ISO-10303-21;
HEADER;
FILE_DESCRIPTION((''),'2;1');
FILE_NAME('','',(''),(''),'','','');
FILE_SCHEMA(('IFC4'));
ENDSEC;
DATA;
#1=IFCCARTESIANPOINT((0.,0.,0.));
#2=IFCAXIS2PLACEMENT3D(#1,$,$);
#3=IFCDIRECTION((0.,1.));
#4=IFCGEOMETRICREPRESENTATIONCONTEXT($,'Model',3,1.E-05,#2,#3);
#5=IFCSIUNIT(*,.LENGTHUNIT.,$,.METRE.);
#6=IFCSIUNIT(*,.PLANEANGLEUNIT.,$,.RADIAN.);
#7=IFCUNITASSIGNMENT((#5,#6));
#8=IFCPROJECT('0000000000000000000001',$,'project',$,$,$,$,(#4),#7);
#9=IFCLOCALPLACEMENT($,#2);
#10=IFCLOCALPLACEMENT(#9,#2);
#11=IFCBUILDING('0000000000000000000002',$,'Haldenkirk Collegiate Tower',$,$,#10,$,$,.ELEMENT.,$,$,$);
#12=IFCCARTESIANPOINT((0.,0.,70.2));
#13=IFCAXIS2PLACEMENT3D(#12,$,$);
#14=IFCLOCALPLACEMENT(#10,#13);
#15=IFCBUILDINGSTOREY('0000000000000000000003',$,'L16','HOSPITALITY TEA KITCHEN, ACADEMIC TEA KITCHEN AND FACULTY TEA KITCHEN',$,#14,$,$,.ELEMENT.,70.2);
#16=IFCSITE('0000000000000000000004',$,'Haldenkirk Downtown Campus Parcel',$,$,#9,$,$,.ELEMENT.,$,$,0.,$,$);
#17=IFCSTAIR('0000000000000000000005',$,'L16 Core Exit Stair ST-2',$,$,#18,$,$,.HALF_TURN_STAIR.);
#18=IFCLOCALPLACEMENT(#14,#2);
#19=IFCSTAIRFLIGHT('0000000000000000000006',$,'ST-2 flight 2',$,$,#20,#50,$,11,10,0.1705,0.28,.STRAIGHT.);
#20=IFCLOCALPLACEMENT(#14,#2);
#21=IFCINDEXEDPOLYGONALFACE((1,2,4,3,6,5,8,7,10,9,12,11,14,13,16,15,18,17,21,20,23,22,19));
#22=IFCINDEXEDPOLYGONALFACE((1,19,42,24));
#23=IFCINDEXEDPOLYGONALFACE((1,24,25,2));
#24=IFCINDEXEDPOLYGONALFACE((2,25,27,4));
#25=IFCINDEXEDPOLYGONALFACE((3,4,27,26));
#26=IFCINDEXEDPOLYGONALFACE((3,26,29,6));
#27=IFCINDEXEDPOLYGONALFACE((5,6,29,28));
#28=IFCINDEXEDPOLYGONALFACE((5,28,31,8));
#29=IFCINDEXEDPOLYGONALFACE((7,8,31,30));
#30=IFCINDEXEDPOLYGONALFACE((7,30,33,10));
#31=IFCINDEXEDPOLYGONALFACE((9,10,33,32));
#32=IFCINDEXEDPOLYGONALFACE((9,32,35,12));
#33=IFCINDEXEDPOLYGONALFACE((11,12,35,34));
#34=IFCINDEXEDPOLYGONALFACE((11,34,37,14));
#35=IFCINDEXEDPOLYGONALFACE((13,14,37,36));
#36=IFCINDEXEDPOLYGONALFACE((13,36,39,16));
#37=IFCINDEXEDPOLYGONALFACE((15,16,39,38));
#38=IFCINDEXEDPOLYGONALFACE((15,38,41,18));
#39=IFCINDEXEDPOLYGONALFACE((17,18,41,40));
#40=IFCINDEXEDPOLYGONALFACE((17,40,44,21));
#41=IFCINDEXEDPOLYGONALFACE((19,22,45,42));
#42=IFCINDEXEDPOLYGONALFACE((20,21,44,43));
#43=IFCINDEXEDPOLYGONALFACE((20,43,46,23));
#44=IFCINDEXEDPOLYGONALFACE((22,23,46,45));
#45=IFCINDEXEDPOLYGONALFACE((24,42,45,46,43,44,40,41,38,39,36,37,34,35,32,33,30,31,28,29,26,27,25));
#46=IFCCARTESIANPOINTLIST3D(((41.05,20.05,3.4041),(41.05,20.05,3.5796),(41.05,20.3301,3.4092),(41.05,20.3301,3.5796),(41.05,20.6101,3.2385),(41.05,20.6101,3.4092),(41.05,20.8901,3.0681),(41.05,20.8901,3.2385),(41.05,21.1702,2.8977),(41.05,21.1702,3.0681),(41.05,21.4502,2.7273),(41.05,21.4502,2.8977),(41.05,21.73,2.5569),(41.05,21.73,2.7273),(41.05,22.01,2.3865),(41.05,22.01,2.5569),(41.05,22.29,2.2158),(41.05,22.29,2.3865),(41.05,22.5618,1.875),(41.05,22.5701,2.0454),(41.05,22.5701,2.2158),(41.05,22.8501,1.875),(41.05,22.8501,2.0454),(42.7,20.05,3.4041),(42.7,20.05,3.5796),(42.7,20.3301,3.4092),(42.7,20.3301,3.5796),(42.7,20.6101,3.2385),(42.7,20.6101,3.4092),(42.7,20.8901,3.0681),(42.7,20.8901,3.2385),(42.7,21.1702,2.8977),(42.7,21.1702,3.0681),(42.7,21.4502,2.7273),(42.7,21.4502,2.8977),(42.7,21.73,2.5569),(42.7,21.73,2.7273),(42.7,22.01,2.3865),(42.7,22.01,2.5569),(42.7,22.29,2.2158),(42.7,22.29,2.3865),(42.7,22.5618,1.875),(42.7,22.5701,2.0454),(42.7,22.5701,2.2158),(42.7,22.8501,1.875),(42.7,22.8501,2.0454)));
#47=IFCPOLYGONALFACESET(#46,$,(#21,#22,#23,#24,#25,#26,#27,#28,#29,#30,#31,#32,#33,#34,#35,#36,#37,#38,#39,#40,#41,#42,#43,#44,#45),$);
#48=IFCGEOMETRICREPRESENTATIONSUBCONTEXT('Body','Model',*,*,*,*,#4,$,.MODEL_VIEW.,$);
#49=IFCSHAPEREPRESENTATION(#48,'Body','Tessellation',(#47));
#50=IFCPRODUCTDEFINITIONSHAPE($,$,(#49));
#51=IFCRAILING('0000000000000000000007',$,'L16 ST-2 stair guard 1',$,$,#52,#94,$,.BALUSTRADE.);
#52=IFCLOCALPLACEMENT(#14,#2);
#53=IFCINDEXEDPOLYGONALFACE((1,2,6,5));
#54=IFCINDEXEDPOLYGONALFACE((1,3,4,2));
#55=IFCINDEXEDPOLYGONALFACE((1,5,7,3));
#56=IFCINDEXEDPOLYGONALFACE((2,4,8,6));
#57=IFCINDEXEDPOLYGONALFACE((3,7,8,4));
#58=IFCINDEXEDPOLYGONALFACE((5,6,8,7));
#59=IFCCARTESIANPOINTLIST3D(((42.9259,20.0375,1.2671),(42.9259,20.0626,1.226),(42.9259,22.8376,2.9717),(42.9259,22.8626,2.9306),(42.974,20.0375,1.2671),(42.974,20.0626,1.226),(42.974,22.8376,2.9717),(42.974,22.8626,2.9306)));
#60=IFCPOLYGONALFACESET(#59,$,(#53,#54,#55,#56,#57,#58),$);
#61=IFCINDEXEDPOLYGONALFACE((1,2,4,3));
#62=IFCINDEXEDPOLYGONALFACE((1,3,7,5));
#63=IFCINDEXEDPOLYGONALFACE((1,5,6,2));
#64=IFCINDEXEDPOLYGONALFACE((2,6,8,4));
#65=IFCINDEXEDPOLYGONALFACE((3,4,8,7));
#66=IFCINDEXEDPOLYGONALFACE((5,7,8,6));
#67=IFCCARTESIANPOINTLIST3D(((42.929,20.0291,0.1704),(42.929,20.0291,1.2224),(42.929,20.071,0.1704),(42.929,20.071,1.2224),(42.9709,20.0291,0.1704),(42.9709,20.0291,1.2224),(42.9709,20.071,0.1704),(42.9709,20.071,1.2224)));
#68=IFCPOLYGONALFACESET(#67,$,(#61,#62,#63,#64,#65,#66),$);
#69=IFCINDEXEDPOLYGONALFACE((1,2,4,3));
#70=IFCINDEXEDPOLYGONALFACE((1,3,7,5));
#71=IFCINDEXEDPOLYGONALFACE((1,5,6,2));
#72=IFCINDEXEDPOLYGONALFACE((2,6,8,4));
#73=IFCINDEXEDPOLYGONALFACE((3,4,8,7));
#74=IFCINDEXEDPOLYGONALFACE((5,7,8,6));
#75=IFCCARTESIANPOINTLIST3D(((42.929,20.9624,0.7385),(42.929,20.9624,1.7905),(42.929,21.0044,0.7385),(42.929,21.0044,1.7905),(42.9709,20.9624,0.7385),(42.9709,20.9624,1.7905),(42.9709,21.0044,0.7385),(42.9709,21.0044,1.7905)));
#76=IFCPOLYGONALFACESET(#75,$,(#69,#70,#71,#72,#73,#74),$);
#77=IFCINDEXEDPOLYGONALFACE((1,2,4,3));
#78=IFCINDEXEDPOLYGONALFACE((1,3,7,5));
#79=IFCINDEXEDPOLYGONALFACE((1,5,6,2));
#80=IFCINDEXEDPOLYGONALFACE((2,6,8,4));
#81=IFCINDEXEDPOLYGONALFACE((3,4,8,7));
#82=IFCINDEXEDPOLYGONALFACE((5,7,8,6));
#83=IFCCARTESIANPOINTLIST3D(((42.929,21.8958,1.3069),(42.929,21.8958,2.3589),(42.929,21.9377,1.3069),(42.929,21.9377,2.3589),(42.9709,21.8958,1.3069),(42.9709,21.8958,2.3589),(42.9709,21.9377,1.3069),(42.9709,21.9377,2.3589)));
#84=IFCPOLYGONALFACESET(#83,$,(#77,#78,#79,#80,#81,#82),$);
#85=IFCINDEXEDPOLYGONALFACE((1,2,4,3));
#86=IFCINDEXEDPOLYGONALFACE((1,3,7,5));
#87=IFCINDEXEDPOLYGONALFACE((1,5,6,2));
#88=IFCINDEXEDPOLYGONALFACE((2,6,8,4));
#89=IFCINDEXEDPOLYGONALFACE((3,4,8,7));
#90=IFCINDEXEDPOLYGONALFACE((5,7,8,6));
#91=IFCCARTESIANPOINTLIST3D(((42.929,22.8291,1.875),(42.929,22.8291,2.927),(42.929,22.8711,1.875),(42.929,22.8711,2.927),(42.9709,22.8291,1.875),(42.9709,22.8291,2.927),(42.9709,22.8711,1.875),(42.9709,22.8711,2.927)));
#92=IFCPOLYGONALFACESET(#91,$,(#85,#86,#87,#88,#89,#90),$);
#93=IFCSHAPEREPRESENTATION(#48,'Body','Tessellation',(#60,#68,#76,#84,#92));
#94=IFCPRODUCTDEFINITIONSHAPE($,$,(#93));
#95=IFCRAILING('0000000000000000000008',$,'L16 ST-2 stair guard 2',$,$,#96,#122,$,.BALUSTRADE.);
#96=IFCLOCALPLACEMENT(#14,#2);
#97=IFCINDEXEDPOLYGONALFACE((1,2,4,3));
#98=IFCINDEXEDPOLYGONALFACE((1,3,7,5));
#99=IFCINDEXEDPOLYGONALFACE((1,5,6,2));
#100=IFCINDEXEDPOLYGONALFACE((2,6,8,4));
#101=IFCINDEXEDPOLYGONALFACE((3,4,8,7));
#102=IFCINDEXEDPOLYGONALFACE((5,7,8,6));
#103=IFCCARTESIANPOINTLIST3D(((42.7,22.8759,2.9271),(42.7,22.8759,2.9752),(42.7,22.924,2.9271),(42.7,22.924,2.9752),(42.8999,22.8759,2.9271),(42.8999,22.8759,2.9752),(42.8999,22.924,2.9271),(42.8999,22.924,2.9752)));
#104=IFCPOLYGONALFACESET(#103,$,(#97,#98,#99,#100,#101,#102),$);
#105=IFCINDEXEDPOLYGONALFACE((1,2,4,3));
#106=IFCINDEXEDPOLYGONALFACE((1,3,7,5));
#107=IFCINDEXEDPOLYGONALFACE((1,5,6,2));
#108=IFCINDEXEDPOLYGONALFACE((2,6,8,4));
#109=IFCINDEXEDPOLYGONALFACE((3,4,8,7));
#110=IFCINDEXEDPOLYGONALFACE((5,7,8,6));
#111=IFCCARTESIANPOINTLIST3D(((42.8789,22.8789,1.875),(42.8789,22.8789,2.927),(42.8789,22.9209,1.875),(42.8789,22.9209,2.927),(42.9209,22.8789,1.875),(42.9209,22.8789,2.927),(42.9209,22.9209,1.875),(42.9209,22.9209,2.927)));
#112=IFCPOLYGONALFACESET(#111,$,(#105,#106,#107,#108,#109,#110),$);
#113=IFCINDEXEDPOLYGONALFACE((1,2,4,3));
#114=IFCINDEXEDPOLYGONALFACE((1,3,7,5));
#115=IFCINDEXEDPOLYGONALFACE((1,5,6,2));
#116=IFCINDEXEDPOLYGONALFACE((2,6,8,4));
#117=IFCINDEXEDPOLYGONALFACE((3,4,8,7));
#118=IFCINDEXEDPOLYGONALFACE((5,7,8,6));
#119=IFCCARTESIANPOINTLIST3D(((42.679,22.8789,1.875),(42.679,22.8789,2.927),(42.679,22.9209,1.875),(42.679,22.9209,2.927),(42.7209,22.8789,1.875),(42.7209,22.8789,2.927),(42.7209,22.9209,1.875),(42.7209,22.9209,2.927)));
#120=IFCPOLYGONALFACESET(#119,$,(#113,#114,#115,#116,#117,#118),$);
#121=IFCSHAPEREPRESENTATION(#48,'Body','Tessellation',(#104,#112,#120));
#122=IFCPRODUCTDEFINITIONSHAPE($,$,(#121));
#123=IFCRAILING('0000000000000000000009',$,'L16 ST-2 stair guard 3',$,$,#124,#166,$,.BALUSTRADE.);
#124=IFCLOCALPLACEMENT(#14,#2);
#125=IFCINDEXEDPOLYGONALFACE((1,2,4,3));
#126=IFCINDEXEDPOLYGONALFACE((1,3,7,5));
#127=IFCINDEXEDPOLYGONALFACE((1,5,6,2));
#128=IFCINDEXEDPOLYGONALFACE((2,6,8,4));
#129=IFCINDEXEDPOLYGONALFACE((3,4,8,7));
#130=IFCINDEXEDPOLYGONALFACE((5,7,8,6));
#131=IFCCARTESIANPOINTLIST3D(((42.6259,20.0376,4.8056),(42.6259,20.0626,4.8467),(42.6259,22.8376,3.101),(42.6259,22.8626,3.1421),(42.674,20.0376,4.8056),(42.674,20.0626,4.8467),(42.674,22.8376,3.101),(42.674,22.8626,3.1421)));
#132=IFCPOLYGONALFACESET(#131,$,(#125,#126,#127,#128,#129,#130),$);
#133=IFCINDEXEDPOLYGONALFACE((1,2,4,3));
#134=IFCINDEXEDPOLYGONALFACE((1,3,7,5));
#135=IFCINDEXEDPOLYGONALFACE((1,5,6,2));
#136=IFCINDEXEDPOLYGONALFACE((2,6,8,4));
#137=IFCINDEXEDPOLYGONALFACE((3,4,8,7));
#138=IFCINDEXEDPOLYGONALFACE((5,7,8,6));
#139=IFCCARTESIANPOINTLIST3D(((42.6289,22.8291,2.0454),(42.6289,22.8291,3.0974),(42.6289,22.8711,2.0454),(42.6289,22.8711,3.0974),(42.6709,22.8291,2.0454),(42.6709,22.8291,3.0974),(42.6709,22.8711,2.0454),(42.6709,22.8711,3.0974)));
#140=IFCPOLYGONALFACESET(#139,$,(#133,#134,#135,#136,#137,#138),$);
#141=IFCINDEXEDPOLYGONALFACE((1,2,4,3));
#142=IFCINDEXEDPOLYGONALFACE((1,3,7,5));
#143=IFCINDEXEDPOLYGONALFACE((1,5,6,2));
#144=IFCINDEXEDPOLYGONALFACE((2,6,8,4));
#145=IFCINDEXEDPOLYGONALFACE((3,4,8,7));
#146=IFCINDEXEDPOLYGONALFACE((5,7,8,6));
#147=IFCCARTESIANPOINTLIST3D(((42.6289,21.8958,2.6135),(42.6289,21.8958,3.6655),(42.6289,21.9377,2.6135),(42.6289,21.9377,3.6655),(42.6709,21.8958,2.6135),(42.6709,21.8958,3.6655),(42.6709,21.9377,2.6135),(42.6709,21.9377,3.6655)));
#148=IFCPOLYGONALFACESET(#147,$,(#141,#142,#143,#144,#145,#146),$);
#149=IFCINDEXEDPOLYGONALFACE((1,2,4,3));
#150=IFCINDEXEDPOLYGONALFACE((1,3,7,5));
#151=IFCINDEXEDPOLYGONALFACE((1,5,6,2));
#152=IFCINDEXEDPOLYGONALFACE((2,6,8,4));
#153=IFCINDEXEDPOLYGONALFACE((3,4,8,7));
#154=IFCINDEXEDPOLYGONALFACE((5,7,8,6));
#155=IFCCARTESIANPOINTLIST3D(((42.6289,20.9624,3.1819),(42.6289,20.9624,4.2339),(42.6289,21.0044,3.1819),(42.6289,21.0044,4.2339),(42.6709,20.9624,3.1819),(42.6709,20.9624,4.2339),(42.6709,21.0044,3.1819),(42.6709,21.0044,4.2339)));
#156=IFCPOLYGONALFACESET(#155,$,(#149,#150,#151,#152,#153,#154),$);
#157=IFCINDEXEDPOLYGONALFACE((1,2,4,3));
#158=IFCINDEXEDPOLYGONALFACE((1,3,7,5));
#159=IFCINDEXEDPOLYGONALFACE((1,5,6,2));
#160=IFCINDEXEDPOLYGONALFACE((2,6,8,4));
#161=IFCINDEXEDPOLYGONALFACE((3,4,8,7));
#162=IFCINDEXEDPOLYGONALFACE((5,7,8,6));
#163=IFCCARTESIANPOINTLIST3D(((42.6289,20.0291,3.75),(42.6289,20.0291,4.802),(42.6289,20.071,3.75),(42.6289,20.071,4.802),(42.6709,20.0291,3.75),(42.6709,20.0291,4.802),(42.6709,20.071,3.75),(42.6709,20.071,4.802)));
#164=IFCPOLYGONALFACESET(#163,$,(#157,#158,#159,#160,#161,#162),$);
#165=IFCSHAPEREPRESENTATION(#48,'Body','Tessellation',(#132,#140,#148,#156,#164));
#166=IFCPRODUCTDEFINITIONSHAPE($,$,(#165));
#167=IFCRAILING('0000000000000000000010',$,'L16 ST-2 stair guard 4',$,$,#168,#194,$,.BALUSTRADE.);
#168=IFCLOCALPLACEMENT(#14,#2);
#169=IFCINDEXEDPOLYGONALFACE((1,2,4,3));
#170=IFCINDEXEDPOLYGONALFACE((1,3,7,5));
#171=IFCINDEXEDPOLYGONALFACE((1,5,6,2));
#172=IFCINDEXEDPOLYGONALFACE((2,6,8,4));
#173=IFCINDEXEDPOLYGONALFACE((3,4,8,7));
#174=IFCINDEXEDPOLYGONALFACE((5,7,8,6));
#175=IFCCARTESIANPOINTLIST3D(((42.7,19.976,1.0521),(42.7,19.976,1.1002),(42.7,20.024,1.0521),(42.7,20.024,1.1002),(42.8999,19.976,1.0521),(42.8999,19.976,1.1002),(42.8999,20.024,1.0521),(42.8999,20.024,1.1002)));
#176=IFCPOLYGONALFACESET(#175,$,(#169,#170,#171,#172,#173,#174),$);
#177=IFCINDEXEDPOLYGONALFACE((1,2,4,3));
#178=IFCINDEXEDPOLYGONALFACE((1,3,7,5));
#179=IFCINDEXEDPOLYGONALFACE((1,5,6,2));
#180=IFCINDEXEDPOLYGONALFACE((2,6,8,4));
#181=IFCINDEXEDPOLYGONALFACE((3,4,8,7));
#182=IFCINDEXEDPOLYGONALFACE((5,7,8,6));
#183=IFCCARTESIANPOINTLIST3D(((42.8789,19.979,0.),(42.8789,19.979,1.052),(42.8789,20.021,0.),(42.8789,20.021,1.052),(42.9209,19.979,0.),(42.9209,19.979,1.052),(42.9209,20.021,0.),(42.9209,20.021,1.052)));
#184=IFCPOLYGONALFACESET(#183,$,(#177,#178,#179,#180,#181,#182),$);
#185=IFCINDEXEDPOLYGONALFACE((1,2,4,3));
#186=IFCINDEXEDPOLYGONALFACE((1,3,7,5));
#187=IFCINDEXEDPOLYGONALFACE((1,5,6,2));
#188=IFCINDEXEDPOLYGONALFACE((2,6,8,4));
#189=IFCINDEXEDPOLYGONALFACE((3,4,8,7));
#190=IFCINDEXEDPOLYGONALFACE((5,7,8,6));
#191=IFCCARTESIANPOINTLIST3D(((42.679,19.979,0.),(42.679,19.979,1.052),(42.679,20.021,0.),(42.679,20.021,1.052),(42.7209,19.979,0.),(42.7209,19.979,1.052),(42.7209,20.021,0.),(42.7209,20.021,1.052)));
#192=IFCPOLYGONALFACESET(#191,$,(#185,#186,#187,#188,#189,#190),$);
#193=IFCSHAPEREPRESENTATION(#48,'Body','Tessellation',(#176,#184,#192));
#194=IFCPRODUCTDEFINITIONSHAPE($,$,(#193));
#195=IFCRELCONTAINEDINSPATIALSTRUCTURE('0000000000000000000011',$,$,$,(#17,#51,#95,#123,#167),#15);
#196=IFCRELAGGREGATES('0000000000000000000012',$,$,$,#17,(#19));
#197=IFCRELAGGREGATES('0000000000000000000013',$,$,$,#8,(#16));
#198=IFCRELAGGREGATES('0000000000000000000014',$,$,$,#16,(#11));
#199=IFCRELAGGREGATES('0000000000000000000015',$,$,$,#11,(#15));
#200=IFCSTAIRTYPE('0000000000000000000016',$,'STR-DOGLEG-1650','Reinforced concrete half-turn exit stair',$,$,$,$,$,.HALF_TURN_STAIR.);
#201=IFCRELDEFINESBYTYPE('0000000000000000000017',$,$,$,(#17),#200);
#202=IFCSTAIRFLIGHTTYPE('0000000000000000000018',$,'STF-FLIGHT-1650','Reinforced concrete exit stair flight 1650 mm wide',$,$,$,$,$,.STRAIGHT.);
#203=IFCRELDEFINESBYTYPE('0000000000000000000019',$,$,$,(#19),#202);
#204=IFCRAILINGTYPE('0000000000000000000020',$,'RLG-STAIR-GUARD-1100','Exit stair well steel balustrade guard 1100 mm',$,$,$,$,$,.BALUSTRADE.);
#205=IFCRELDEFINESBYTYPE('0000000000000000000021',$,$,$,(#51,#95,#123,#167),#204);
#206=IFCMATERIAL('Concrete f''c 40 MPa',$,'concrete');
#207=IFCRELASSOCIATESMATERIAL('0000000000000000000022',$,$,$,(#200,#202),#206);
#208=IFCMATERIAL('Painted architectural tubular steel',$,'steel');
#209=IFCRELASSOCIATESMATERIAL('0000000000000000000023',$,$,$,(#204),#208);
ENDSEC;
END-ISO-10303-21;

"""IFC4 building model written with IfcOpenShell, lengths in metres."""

from ifc_helpers import new_model, si_unit, direction, frame, origin, origin_2d, place, context, subcontext, project, spatial, polyline, rectangle, outline, extrude, material, type_object, element, aggregate, save


model = new_model("IFC4")

# Units and contexts
model_context = context("Model", 3, precision=1e-05, world=origin(), true_north=direction((0.0, 1.0)))
body_context = subcontext(model_context, "Body", "Model", "MODEL_VIEW")
ifc_project = project(units=[si_unit("LENGTHUNIT", "METRE"), si_unit("PLANEANGLEUNIT", "RADIAN")], contexts=[model_context])

# Site, building, storey
site_placement = place(None, origin())
site = spatial("IfcSite", under=ifc_project, at=site_placement, Name="Haldenkirk Downtown Campus Parcel", CompositionType="ELEMENT", RefElevation=0.0)
building_placement = place(site_placement, origin())
building = spatial("IfcBuilding", under=site, at=building_placement, Name="Haldenkirk Collegiate Tower", CompositionType="ELEMENT")
storey_placement = place(building_placement, frame((0.0, 0.0, 70.2)))
storey = spatial("IfcBuildingStorey", under=building, at=storey_placement, Name="L16", Description="HOSPITALITY TEA KITCHEN, ACADEMIC TEA KITCHEN AND FACULTY TEA KITCHEN", CompositionType="ELEMENT", Elevation=70.2)

# Stair, stair flight
ifc_material_1 = material(Name="Concrete f'c 40 MPa", Category="concrete")
stair_type = type_object("IfcStairType", Name="STR-DOGLEG-1650", Description="Reinforced concrete half-turn exit stair", PredefinedType="HALF_TURN_STAIR", material=ifc_material_1)
stair_placement = place(storey_placement, origin())
stair = element("IfcStair", 1, at=stair_placement, inside=storey, type_object=stair_type, Name="L16 Core Exit Stair ST-2", PredefinedType="HALF_TURN_STAIR")
stair_flight_type = type_object("IfcStairFlightType", Name="STF-FLIGHT-1650", Description="Reinforced concrete exit stair flight 1650 mm wide", PredefinedType="STRAIGHT", material=ifc_material_1)
stair_flight_1_placement = place(storey_placement, frame((41.875, 22.8501, 1.875), z_axis=(0.0, 0.0, 1.0), x_axis=(0.0, -1.0, 0.0)))
stair_flight_1 = element("IfcStairFlight", 2, at=stair_flight_1_placement, type_object=stair_flight_type, Name="ST-2 flight 2", NumberOfRisers=11, NumberOfTreads=10, PredefinedType="STRAIGHT", RiserHeight=0.1705, TreadLength=0.28, context=body_context, shape_type="SweptSolid", body=[
    extrude(outline(polyline([(0.0, 0.0), (0.0, 0.1704), (0.28, 0.1704), (0.28, 0.3408), (0.5601, 0.3408), (0.5601, 0.5115), (0.8401, 0.5115), (0.8401, 0.6819), (1.1201, 0.6819), (1.1201, 0.8523), (1.3999, 0.8523), (1.3999, 1.0227), (1.6799, 1.0227), (1.6799, 1.1931), (1.96, 1.1931), (1.96, 1.3635), (2.24, 1.3635), (2.24, 1.5342), (2.52, 1.5342), (2.52, 1.7046), (2.8, 1.7046), (2.8, 1.875), (2.8, 1.5291), (0.2883, 0.0), (0.0, 0.0)])), frame((0.0, 0.825, 0.0), z_axis=(0.0, -1.0, 0.0), x_axis=(1.0, 0.0, 0.0)), (0.0, 0.0, 1.0), 1.6499),
])
aggregate(stair, [stair_flight_1])

# Railings
ifc_material_2 = material(Name="Painted architectural tubular steel", Category="steel")
railing_type_1 = type_object("IfcRailingType", Name="RLG-STAIR-GUARD-1100", Description="Exit stair well steel balustrade guard 1100 mm", PredefinedType="BALUSTRADE", material=ifc_material_2)
railing_1_placement = place(storey_placement, frame((42.95, 20.05, 0.1704)))
element("IfcRailing", 3, at=railing_1_placement, inside=storey, type_object=railing_type_1, Name="L16 ST-2 stair guard 1", PredefinedType="BALUSTRADE", context=body_context, shape_type="SweptSolid", body=[
    extrude(rectangle(XDim=0.0481, YDim=0.0481, at=origin_2d()), frame((0.0, 0.0, 1.0762), z_axis=(0.0, 0.85417, 0.519994), x_axis=(-1.0, 0.0, 0.0)), (0.0, 0.0, 1.0), 3.2781),
    extrude(rectangle(XDim=0.042, YDim=0.042, at=origin_2d()), origin(), (0.0, 0.0, 1.0), 1.052),
    extrude(rectangle(XDim=0.042, YDim=0.042, at=origin_2d()), frame((0.0, 0.9333, 0.5681)), (0.0, 0.0, 1.0), 1.052),
    extrude(rectangle(XDim=0.042, YDim=0.042, at=origin_2d()), frame((0.0, 1.8667, 1.1365)), (0.0, 0.0, 1.0), 1.052),
    extrude(rectangle(XDim=0.042, YDim=0.042, at=origin_2d()), frame((0.0, 2.8, 1.7046)), (0.0, 0.0, 1.0), 1.052),
])
railing_2_placement = place(storey_placement, frame((42.8999, 22.8999, 1.875)))
element("IfcRailing", 4, at=railing_2_placement, inside=storey, type_object=railing_type_1, Name="L16 ST-2 stair guard 2", PredefinedType="BALUSTRADE", context=body_context, shape_type="SweptSolid", body=[
    extrude(rectangle(XDim=0.0481, YDim=0.0481, at=origin_2d()), frame((0.0, 0.0, 1.0762), z_axis=(-1.0, 0.0, 0.0), x_axis=(0.0, -1.0, 0.0)), (0.0, 0.0, 1.0), 0.2),
    extrude(rectangle(XDim=0.042, YDim=0.042, at=origin_2d()), origin(), (0.0, 0.0, 1.0), 1.052),
    extrude(rectangle(XDim=0.042, YDim=0.042, at=origin_2d()), frame((-0.2, 0.0, 0.0)), (0.0, 0.0, 1.0), 1.052),
])
railing_3_placement = place(storey_placement, frame((42.6499, 22.8501, 2.0454)))
element("IfcRailing", 5, at=railing_3_placement, inside=storey, type_object=railing_type_1, Name="L16 ST-2 stair guard 3", PredefinedType="BALUSTRADE", context=body_context, shape_type="SweptSolid", body=[
    extrude(rectangle(XDim=0.0481, YDim=0.0481, at=origin_2d()), frame((0.0, 0.0, 1.0762), z_axis=(0.0, -0.85417, 0.519994), x_axis=(1.0, 0.0, 0.0)), (0.0, 0.0, 1.0), 3.2781),
    extrude(rectangle(XDim=0.042, YDim=0.042, at=origin_2d()), origin(), (0.0, 0.0, 1.0), 1.052),
    extrude(rectangle(XDim=0.042, YDim=0.042, at=origin_2d()), frame((0.0, -0.9333, 0.5681)), (0.0, 0.0, 1.0), 1.052),
    extrude(rectangle(XDim=0.042, YDim=0.042, at=origin_2d()), frame((0.0, -1.8667, 1.1365)), (0.0, 0.0, 1.0), 1.052),
    extrude(rectangle(XDim=0.042, YDim=0.042, at=origin_2d()), frame((0.0, -2.8, 1.7046)), (0.0, 0.0, 1.0), 1.052),
])
railing_4_placement = place(storey_placement, frame((42.8999, 20.0, 0.0)))
element("IfcRailing", 6, at=railing_4_placement, inside=storey, type_object=railing_type_1, Name="L16 ST-2 stair guard 4", PredefinedType="BALUSTRADE", context=body_context, shape_type="SweptSolid", body=[
    extrude(rectangle(XDim=0.0481, YDim=0.0481, at=origin_2d()), frame((0.0, 0.0, 1.0762), z_axis=(-1.0, 0.0, 0.0), x_axis=(0.0, -1.0, 0.0)), (0.0, 0.0, 1.0), 0.2),
    extrude(rectangle(XDim=0.042, YDim=0.042, at=origin_2d()), origin(), (0.0, 0.0, 1.0), 1.052),
    extrude(rectangle(XDim=0.042, YDim=0.042, at=origin_2d()), frame((-0.2, 0.0, 0.0)), (0.0, 0.0, 1.0), 1.052),
])

save(model, "model.ifc")
